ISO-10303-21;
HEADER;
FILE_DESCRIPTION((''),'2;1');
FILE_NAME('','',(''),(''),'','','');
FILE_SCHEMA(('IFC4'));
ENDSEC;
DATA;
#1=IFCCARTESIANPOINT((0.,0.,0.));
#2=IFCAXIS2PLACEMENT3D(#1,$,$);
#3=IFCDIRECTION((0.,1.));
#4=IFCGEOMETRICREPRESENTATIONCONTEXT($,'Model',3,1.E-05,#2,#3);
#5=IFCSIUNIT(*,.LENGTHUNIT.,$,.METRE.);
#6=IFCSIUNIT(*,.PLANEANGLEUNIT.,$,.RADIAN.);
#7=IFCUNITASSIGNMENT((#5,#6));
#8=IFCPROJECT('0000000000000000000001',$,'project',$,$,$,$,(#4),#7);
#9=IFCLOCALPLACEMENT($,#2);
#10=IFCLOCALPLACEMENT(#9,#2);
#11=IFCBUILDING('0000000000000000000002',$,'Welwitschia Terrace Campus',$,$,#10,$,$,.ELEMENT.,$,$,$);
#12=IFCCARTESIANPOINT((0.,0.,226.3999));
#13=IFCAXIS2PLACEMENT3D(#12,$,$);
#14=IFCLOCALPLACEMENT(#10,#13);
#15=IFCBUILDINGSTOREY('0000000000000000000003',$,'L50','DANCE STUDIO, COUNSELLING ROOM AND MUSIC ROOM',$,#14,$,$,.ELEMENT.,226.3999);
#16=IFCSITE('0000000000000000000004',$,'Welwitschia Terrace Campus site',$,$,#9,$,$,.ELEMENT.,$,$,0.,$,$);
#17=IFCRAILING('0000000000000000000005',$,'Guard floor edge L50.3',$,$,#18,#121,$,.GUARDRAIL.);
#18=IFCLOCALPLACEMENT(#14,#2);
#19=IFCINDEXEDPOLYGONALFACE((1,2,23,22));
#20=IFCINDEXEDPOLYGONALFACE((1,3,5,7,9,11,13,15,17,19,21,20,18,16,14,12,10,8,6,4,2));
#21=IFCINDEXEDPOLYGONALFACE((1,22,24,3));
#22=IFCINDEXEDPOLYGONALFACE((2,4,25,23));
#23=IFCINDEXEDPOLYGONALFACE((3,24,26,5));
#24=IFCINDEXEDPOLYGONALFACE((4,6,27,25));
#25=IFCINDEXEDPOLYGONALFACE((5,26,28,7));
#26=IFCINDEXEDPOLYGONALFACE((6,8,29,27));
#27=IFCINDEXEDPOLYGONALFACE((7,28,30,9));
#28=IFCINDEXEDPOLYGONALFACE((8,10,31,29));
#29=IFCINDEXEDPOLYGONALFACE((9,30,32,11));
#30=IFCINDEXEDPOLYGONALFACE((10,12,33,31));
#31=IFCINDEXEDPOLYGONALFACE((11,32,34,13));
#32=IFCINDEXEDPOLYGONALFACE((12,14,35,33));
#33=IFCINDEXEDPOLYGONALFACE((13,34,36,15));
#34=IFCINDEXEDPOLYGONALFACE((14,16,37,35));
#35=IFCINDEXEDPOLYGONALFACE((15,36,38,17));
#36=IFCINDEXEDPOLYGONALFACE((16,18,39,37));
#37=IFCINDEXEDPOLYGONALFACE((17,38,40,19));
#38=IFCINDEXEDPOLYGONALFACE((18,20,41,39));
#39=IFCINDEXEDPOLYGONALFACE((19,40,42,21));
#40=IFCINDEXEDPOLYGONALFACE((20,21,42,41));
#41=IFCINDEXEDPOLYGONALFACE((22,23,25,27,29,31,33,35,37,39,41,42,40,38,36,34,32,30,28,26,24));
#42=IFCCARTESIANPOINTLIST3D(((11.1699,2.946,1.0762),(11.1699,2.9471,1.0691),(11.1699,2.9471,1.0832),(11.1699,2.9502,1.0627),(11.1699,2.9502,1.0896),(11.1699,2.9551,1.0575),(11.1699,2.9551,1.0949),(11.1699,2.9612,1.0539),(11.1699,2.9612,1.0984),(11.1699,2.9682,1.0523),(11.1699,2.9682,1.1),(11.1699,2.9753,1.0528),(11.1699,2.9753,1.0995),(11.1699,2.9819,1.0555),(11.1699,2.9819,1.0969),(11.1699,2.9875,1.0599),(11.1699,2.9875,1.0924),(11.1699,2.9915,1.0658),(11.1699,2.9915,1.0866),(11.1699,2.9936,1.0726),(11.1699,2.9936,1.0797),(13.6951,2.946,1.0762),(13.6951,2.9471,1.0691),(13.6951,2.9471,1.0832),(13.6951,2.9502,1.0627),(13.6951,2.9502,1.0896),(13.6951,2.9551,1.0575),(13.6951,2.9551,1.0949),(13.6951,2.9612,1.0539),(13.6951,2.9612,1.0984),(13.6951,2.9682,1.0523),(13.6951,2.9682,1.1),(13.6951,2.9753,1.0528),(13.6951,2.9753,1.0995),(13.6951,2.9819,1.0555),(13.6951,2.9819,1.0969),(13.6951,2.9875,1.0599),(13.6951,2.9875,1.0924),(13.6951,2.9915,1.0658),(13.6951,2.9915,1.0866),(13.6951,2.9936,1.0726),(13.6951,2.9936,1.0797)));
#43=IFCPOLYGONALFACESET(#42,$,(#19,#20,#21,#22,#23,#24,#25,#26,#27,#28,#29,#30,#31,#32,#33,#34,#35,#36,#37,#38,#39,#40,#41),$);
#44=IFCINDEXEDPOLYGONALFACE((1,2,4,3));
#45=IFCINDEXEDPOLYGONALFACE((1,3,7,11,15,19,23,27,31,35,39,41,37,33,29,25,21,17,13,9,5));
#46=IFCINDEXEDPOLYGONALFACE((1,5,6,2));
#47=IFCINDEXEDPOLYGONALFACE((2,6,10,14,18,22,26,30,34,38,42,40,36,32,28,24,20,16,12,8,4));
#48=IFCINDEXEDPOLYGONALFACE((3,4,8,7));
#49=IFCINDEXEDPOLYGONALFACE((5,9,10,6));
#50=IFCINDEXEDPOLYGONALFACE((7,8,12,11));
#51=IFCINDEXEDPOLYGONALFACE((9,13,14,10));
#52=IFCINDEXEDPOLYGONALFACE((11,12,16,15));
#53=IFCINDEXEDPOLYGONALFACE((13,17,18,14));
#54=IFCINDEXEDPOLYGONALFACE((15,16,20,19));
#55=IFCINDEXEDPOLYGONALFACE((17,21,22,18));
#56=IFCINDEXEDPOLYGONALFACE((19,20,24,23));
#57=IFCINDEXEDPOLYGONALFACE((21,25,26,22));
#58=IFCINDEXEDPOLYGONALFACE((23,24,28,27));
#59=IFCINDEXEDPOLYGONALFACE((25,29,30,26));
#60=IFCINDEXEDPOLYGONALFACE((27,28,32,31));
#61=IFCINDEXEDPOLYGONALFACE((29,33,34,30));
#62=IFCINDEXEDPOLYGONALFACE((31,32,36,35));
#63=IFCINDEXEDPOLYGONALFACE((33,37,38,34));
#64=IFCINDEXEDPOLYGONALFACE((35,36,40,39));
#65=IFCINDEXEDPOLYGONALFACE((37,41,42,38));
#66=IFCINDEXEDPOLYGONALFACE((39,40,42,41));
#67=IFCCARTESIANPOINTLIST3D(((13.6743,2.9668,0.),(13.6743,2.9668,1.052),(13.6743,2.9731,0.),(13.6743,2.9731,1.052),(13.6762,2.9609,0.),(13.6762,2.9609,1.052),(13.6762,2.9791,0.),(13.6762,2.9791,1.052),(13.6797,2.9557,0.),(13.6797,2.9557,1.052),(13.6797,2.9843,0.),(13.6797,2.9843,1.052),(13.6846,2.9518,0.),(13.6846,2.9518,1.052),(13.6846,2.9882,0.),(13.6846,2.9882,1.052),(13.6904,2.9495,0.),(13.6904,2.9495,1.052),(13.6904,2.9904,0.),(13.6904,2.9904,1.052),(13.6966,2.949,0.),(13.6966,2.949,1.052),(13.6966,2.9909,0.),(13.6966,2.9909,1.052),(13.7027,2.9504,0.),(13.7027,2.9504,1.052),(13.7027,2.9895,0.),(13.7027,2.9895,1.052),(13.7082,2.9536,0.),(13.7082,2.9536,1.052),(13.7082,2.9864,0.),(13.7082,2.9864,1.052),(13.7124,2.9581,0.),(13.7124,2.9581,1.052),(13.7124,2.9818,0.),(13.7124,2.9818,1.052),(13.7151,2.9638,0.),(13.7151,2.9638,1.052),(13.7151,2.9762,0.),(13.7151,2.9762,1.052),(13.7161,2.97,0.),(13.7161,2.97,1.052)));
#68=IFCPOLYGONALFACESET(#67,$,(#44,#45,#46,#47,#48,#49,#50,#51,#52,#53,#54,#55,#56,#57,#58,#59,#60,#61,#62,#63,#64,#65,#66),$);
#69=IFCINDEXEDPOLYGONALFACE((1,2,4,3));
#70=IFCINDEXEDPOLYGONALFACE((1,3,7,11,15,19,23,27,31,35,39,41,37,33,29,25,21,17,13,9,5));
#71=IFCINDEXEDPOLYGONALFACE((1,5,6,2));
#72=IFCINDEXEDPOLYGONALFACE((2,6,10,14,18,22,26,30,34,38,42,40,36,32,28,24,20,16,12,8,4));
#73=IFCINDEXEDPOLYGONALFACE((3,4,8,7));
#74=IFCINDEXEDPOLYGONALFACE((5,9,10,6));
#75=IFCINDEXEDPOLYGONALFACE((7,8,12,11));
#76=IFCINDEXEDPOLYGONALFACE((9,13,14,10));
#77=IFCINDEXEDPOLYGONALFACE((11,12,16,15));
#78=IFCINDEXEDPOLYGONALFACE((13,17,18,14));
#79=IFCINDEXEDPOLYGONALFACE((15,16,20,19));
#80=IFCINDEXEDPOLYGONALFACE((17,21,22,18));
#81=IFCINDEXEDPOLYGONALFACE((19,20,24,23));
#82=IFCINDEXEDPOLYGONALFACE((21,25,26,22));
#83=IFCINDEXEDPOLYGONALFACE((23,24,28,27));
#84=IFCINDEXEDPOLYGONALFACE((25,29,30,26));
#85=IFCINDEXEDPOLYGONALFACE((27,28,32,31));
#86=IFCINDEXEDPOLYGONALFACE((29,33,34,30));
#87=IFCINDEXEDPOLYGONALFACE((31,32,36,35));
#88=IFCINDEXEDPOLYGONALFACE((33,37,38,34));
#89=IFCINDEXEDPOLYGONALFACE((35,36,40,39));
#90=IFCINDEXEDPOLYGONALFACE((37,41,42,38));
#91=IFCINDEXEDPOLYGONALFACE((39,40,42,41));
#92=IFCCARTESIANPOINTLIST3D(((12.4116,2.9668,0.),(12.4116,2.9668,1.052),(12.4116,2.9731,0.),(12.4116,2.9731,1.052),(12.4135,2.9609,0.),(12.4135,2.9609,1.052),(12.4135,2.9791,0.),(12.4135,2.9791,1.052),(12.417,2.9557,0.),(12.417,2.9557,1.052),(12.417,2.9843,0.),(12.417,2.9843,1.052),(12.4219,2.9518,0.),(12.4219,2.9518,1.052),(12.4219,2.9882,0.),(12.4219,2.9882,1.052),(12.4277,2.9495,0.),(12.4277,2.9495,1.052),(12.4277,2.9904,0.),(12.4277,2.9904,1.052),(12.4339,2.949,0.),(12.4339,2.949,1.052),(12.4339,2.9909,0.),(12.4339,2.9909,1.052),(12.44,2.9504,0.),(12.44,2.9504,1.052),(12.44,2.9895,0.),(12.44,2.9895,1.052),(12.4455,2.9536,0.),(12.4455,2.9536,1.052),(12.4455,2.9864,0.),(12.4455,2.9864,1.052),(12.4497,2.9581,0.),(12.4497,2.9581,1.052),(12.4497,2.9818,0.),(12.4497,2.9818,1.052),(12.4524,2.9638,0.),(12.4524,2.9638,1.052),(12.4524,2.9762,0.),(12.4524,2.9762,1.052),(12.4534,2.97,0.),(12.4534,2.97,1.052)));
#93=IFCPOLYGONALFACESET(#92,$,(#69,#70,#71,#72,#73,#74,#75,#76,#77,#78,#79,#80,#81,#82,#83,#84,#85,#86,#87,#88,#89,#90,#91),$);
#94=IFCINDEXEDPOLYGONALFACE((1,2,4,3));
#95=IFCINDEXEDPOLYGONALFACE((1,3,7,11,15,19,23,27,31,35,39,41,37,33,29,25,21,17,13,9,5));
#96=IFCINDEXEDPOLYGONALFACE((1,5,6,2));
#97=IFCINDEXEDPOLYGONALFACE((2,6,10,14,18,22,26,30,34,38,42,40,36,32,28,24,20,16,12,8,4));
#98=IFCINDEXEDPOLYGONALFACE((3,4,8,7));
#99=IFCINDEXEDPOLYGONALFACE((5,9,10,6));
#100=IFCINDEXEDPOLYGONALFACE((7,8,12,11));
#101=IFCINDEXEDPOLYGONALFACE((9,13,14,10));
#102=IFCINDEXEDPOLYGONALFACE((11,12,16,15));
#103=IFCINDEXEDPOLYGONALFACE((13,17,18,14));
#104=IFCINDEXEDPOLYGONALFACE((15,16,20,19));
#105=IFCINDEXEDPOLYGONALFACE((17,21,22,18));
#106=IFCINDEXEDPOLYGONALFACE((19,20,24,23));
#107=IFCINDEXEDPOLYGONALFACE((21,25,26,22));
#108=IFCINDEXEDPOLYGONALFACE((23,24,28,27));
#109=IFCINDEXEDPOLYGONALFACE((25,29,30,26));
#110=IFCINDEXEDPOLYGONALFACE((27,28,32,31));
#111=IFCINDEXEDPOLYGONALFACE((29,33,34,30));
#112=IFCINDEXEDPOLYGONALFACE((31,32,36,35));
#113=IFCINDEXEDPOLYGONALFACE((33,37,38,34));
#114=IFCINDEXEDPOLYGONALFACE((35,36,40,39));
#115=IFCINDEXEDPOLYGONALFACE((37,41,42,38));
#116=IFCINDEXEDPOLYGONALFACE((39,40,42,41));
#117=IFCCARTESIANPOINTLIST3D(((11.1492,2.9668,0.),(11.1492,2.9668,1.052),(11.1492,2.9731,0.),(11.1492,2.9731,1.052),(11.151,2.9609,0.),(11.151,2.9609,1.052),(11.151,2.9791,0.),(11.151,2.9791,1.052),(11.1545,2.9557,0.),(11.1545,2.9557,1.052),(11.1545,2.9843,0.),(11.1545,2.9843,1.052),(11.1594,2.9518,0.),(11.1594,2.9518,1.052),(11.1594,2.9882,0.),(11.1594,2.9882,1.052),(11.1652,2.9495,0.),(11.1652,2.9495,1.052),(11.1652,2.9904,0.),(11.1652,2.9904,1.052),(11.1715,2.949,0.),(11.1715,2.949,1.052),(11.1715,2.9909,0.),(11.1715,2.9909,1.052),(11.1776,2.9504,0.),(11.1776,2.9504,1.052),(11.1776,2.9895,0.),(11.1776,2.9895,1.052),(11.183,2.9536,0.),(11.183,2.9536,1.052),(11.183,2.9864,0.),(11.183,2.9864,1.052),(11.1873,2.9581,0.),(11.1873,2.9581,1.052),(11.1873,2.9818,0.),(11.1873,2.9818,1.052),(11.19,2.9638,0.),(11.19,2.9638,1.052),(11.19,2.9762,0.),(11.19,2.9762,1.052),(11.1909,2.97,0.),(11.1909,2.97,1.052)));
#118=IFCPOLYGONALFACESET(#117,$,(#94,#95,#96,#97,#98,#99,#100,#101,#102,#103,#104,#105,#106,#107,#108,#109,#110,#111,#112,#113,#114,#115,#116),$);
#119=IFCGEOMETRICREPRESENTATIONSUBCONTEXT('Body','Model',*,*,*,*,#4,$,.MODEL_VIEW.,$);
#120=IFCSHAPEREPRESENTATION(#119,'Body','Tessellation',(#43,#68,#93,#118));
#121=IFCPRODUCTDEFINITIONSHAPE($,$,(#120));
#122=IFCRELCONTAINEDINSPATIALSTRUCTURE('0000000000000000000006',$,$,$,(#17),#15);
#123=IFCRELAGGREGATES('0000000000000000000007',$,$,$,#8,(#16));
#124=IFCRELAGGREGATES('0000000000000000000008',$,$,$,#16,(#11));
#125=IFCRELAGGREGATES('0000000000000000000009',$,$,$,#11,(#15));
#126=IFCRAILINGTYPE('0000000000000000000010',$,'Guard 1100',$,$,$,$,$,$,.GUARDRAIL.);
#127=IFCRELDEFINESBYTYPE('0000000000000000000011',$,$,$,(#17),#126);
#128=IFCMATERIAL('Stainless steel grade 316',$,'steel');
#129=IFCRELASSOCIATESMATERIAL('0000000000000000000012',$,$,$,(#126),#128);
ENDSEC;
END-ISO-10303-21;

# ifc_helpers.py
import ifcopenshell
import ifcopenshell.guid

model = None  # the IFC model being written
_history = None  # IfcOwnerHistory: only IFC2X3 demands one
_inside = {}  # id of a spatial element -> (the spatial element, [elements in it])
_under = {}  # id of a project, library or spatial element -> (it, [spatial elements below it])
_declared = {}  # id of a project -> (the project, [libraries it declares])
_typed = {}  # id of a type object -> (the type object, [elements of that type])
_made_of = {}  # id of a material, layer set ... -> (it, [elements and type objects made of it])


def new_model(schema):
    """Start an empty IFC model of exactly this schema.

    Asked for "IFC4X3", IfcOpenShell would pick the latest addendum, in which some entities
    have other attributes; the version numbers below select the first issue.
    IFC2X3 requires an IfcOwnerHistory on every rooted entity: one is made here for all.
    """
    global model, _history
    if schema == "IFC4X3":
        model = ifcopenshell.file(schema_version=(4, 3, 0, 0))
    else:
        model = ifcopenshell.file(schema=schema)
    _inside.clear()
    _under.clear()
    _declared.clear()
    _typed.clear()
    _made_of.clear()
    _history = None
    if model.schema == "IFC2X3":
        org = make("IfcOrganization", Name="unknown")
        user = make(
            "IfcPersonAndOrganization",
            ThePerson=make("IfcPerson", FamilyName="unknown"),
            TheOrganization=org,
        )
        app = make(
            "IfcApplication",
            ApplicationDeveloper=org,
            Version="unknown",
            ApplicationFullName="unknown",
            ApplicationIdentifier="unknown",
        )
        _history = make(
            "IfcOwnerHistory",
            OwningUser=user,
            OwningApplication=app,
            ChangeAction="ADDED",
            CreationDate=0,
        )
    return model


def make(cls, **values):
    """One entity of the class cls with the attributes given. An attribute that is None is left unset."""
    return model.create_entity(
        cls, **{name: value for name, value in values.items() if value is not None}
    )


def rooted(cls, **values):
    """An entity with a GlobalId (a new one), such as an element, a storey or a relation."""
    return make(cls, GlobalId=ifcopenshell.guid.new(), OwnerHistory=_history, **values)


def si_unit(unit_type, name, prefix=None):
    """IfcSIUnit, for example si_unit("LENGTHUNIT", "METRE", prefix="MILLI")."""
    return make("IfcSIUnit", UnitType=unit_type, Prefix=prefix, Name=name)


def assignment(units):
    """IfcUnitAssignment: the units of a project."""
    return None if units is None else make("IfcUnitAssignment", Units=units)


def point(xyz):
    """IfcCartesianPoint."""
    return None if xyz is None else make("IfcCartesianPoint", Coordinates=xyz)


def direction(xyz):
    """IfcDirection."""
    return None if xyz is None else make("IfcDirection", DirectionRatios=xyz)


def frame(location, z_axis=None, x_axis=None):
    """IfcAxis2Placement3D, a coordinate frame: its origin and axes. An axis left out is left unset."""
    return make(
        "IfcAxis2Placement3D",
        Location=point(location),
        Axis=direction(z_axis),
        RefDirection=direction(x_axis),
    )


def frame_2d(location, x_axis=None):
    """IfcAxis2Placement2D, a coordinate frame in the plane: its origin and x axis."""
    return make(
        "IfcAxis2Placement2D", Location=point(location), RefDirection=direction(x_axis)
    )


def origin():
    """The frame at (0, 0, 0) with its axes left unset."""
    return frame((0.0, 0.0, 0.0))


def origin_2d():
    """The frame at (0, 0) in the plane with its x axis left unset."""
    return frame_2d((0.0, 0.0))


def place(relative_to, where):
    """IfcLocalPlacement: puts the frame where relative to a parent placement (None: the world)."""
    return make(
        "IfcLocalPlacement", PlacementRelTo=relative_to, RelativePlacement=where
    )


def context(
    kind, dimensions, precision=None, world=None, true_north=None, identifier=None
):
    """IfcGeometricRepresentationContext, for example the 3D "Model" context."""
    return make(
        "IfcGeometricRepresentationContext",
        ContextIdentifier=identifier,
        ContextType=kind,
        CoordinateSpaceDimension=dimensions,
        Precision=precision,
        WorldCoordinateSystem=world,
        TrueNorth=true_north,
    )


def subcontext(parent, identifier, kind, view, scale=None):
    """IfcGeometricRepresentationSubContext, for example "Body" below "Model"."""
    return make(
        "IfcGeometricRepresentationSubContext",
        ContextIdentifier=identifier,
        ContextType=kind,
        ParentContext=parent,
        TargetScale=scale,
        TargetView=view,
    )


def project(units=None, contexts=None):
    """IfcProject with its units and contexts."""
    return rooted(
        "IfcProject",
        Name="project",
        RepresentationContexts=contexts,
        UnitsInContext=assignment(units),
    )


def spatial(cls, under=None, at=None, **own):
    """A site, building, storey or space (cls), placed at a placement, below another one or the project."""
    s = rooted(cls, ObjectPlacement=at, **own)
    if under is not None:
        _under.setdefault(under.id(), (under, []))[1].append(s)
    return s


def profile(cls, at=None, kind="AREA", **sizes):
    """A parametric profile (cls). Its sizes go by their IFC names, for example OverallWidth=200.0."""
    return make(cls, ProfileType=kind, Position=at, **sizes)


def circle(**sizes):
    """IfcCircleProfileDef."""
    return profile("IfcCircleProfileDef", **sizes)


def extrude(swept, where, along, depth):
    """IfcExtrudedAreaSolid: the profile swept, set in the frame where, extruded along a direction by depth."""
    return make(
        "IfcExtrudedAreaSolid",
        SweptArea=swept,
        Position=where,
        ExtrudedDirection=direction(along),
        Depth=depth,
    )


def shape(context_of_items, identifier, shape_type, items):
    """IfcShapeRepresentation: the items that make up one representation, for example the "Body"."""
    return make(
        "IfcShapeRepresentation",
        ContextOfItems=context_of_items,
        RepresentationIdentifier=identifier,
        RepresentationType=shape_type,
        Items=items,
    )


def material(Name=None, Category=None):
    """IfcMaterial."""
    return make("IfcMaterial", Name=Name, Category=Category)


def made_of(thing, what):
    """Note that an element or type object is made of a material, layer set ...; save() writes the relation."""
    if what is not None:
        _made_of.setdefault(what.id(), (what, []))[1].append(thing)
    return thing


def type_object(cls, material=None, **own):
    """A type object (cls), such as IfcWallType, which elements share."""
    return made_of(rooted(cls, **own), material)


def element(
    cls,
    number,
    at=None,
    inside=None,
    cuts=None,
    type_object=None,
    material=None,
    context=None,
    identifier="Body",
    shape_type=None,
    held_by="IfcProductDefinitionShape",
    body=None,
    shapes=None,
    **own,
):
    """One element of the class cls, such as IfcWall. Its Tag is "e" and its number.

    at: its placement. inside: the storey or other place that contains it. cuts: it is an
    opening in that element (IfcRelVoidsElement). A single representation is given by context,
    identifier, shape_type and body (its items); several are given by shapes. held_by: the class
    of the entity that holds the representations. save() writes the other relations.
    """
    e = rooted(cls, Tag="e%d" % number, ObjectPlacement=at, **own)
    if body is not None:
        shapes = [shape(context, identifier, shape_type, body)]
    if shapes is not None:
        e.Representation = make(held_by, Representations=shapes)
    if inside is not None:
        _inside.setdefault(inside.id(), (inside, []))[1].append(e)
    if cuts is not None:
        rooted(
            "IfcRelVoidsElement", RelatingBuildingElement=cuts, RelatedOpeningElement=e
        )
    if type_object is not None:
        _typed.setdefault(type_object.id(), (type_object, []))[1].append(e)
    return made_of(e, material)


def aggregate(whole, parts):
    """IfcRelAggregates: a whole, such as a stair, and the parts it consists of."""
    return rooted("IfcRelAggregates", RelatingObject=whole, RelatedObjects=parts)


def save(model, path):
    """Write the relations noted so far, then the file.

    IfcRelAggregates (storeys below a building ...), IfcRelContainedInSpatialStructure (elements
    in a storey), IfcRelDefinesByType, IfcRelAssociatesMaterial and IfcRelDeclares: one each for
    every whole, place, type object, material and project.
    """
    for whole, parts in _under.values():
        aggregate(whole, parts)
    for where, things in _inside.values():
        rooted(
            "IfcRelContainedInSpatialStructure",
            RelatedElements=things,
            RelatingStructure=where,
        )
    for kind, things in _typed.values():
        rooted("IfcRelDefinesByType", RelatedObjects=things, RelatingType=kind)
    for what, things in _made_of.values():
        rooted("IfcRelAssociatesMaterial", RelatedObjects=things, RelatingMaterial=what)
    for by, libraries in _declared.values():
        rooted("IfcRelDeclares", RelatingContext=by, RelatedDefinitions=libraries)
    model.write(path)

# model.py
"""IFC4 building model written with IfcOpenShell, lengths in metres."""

from ifc_helpers import new_model, si_unit, direction, frame, origin, origin_2d, place, context, subcontext, project, spatial, circle, extrude, material, type_object, element, save


model = new_model("IFC4")

# Units and contexts
model_context = context("Model", 3, precision=1e-05, world=origin(), true_north=direction((0.0, 1.0)))
body_context = subcontext(model_context, "Body", "Model", "MODEL_VIEW")
ifc_project = project(units=[si_unit("LENGTHUNIT", "METRE"), si_unit("PLANEANGLEUNIT", "RADIAN")], contexts=[model_context])

# Site, building, storey
site_placement = place(None, origin())
site = spatial("IfcSite", under=ifc_project, at=site_placement, Name="Welwitschia Terrace Campus site", CompositionType="ELEMENT", RefElevation=0.0)
building_placement = place(site_placement, origin())
building = spatial("IfcBuilding", under=site, at=building_placement, Name="Welwitschia Terrace Campus", CompositionType="ELEMENT")
storey_placement = place(building_placement, frame((0.0, 0.0, 226.3999)))
storey = spatial("IfcBuildingStorey", under=building, at=storey_placement, Name="L50", Description="DANCE STUDIO, COUNSELLING ROOM AND MUSIC ROOM", CompositionType="ELEMENT", Elevation=226.3999)

# Railing
ifc_material_1 = material(Name="Stainless steel grade 316", Category="steel")
railing_type = type_object("IfcRailingType", Name="Guard 1100", PredefinedType="GUARDRAIL", material=ifc_material_1)
railing_1_placement = place(storey_placement, frame((13.6951, 2.97, 0.0)))
element("IfcRailing", 1, at=railing_1_placement, inside=storey, type_object=railing_type, Name="Guard floor edge L50.3", PredefinedType="GUARDRAIL", context=body_context, shape_type="SweptSolid", body=[
    extrude(circle(Radius=0.0239, at=origin_2d()), frame((0.0, 0.0, 1.0762), z_axis=(-1.0, 0.0, 0.0), x_axis=(0.0, -1.0, 0.0)), (0.0, 0.0, 1.0), 2.5251),
    extrude(circle(Radius=0.021, at=origin_2d()), origin(), (0.0, 0.0, 1.0), 1.052),
    extrude(circle(Radius=0.021, at=origin_2d()), frame((-1.2627, 0.0, 0.0)), (0.0, 0.0, 1.0), 1.052),
    extrude(circle(Radius=0.021, at=origin_2d()), frame((-2.5251, 0.0, 0.0)), (0.0, 0.0, 1.0), 1.052),
])

save(model, "model.ifc")
